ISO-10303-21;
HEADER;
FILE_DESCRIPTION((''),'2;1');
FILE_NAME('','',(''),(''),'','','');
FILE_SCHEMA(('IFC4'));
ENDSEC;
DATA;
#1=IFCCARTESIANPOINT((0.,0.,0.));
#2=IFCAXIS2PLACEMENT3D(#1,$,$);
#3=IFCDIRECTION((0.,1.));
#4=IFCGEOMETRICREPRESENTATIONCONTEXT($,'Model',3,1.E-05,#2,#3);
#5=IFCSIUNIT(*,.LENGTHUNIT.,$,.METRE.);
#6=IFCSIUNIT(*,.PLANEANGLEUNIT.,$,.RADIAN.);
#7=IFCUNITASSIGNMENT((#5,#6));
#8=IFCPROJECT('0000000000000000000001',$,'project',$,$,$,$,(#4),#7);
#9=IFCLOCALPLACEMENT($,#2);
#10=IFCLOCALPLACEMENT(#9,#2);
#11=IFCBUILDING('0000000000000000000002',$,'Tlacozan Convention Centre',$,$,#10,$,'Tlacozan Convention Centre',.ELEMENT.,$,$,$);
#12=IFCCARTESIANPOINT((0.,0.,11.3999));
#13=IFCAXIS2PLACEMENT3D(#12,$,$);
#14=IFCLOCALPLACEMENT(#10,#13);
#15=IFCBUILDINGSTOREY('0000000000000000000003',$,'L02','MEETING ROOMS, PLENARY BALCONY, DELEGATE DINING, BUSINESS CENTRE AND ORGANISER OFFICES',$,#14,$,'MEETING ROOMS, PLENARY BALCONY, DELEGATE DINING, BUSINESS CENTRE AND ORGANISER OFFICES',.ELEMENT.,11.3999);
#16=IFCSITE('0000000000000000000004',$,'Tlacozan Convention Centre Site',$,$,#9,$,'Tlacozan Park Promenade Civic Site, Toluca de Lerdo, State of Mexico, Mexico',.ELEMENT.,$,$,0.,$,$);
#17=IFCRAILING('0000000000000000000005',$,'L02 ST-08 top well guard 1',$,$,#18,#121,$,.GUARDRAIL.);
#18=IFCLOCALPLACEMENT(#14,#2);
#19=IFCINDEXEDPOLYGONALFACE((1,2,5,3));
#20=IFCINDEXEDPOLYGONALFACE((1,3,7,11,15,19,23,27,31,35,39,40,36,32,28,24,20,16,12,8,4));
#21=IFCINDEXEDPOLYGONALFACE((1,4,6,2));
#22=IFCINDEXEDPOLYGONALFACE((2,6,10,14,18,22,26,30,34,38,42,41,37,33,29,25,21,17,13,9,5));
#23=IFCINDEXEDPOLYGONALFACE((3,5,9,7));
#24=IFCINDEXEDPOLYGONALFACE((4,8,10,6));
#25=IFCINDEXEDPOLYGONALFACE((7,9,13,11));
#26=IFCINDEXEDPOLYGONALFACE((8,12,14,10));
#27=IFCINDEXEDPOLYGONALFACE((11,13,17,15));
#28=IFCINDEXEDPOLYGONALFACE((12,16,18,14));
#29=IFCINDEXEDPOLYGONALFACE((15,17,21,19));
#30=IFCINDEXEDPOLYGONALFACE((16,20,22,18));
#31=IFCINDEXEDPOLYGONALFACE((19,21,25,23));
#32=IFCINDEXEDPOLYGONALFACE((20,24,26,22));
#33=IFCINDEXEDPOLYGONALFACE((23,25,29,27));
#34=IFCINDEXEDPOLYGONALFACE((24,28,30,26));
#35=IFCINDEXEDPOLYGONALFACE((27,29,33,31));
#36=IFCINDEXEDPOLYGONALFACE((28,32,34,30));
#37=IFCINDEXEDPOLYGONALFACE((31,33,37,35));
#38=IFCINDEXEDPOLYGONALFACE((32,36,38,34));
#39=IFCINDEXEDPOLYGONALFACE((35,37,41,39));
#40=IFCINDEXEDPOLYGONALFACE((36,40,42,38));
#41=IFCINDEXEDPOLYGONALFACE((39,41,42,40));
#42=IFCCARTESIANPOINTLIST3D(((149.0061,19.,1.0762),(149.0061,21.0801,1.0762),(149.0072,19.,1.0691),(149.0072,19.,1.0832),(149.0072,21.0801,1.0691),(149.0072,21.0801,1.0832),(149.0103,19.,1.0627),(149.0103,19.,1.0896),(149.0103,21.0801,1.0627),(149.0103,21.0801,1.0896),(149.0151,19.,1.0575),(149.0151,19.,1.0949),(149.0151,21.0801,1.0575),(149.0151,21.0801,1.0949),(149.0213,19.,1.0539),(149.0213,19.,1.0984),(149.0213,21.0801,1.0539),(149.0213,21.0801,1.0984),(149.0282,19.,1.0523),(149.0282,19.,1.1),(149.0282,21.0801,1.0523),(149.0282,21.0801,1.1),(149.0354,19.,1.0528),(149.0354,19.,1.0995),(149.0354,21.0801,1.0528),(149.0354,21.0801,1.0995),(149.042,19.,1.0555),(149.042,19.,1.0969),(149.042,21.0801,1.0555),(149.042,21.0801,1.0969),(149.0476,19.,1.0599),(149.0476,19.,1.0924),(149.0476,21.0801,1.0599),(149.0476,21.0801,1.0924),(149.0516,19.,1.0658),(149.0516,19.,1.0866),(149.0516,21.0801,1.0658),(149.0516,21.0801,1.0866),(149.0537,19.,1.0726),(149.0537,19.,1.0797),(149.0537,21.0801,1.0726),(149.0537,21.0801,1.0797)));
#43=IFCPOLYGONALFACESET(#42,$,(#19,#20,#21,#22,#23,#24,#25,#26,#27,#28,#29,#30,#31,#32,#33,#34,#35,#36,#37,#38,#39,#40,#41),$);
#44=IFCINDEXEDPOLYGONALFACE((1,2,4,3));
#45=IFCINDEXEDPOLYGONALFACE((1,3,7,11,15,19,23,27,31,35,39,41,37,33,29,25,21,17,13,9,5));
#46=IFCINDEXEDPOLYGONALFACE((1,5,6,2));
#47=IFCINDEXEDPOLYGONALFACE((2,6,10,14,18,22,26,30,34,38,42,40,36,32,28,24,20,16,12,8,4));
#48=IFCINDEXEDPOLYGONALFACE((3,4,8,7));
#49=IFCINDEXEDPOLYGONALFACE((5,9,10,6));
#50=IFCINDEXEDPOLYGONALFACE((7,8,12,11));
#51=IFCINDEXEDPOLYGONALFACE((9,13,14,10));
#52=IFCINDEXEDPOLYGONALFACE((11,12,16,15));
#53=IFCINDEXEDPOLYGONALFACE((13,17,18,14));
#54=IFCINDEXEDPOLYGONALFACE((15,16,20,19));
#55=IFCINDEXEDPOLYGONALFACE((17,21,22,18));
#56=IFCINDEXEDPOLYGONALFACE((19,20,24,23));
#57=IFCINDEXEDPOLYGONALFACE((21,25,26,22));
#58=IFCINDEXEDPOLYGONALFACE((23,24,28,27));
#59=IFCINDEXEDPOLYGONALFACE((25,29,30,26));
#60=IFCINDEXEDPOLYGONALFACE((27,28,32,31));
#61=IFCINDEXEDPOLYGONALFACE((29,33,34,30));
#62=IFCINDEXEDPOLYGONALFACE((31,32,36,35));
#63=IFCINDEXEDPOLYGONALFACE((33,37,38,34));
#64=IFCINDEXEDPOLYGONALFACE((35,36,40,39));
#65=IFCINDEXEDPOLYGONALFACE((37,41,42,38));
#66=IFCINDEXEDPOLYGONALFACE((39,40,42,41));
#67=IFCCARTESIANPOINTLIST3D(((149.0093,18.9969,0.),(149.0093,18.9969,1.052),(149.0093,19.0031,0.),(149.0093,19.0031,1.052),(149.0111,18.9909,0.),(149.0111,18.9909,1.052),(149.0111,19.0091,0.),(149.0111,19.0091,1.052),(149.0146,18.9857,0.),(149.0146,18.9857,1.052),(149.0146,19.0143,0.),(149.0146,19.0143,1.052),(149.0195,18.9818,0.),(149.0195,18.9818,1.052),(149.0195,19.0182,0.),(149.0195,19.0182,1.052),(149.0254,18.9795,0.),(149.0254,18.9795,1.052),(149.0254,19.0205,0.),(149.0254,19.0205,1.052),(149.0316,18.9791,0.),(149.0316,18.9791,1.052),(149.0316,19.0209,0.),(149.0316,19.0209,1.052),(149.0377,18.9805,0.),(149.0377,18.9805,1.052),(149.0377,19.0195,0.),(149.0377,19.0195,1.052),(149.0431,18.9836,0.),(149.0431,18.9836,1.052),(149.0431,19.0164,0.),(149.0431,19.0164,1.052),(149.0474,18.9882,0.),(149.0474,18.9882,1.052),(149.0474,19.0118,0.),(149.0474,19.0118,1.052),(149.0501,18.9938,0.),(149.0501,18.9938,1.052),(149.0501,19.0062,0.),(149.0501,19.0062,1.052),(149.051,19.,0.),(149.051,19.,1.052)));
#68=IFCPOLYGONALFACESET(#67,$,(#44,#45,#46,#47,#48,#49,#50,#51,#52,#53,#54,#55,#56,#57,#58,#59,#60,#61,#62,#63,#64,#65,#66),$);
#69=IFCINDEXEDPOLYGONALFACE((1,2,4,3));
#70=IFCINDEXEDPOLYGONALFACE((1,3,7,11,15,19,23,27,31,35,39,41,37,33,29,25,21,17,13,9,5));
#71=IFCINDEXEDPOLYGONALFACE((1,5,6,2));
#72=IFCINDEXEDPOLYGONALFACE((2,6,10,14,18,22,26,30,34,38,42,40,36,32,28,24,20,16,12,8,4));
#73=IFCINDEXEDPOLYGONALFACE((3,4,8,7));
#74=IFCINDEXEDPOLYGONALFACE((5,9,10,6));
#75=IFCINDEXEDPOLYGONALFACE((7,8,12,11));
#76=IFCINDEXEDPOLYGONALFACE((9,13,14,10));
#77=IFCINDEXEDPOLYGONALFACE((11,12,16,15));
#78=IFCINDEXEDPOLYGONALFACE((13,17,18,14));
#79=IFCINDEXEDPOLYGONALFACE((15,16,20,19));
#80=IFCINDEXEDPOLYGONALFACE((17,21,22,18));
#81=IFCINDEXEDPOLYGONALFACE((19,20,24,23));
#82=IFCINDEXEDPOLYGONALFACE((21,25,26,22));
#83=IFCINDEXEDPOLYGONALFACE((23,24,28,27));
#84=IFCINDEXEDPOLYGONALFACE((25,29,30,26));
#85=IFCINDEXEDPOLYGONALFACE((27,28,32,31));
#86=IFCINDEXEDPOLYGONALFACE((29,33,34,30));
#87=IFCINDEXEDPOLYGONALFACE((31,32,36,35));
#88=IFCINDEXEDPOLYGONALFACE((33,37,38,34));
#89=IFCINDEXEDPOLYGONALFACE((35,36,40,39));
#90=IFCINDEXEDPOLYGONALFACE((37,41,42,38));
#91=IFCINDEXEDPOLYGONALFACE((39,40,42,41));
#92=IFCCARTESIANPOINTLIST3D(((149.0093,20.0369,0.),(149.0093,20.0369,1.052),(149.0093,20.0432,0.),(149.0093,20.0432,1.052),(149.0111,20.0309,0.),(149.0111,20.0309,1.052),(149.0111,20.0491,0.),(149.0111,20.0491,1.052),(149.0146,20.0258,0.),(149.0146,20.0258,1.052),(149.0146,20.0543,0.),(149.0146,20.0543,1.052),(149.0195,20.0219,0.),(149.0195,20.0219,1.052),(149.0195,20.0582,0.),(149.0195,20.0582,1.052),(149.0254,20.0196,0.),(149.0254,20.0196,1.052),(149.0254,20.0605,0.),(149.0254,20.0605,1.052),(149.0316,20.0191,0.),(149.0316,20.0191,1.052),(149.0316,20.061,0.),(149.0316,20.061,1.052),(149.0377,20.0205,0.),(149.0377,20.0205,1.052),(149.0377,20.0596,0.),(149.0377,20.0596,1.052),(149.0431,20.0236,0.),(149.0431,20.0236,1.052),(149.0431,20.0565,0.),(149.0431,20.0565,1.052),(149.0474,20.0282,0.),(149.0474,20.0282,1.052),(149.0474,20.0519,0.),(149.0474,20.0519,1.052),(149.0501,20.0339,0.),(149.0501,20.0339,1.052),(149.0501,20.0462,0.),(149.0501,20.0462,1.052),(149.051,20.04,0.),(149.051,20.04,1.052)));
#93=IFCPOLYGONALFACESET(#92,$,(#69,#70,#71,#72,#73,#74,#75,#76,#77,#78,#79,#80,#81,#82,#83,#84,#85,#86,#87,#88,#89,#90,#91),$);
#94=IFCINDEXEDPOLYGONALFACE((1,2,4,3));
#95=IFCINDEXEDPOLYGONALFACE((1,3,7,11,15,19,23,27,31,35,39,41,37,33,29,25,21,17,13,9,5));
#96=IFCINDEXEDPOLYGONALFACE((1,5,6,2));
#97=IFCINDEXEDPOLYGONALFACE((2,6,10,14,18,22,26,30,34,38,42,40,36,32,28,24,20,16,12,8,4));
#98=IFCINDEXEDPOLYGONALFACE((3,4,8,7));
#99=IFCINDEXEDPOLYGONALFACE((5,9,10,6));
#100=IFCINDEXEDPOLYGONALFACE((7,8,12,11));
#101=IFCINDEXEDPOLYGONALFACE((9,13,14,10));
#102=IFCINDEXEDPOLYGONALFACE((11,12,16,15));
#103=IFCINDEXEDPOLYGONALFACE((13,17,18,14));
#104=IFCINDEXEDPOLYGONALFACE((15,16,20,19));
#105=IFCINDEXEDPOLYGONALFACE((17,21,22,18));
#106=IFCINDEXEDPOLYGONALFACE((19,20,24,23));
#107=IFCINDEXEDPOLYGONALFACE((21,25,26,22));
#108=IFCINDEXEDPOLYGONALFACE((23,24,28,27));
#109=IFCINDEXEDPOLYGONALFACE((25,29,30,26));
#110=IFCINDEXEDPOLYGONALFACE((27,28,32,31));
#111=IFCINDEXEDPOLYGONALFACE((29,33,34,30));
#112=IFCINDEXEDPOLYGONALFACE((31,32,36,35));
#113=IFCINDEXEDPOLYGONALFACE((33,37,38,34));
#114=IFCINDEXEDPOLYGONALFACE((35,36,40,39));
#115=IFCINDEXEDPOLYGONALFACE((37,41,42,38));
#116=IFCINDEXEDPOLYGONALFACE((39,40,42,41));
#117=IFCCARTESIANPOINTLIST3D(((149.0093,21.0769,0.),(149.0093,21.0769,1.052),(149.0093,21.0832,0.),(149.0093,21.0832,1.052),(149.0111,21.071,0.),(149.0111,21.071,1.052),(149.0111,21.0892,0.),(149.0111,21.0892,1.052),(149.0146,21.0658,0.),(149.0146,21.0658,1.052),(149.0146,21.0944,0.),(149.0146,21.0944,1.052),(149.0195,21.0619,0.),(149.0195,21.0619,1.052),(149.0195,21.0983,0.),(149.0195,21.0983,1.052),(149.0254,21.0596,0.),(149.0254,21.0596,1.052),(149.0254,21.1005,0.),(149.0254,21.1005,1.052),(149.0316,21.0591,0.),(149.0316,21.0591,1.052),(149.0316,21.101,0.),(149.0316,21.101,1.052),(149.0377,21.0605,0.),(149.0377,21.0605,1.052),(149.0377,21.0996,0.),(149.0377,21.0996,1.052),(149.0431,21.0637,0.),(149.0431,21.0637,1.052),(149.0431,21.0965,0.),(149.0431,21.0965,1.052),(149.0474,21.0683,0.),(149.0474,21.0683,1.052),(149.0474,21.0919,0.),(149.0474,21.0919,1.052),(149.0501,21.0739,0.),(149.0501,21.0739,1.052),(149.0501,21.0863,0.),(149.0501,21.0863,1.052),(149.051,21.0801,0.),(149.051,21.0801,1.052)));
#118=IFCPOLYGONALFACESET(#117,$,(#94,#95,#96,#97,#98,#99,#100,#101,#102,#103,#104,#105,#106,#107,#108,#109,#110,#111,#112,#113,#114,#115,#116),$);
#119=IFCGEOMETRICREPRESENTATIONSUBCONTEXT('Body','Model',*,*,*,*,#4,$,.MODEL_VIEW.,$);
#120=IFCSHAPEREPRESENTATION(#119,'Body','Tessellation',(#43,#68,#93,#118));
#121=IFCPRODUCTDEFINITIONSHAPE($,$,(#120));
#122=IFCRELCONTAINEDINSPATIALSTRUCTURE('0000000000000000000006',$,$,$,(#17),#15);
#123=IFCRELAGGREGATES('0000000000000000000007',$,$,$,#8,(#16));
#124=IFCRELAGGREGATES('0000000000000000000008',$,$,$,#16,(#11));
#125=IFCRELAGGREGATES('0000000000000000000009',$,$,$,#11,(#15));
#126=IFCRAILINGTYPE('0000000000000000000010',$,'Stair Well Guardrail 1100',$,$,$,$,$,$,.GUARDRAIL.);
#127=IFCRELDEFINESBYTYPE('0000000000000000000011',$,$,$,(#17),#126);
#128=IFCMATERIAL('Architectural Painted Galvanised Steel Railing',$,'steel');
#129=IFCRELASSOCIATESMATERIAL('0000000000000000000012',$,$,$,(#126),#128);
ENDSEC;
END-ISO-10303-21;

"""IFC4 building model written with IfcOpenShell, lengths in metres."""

from ifc_helpers import new_model, si_unit, direction, frame, origin, origin_2d, place, context, subcontext, project, spatial, circle, extrude, material, type_object, element, save


model = new_model("IFC4")

# Units and contexts
model_context = context("Model", 3, precision=1e-05, world=origin(), true_north=direction((0.0, 1.0)))
body_context = subcontext(model_context, "Body", "Model", "MODEL_VIEW")
ifc_project = project(units=[si_unit("LENGTHUNIT", "METRE"), si_unit("PLANEANGLEUNIT", "RADIAN")], contexts=[model_context])

# Site, building, storey
site_placement = place(None, origin())
site = spatial("IfcSite", under=ifc_project, at=site_placement, Name="Tlacozan Convention Centre Site", LongName="Tlacozan Park Promenade Civic Site, Toluca de Lerdo, State of Mexico, Mexico", CompositionType="ELEMENT", RefElevation=0.0)
building_placement = place(site_placement, origin())
building = spatial("IfcBuilding", under=site, at=building_placement, Name="Tlacozan Convention Centre", LongName="Tlacozan Convention Centre", CompositionType="ELEMENT")
storey_placement = place(building_placement, frame((0.0, 0.0, 11.3999)))
storey = spatial("IfcBuildingStorey", under=building, at=storey_placement, Name="L02", Description="MEETING ROOMS, PLENARY BALCONY, DELEGATE DINING, BUSINESS CENTRE AND ORGANISER OFFICES", LongName="MEETING ROOMS, PLENARY BALCONY, DELEGATE DINING, BUSINESS CENTRE AND ORGANISER OFFICES", CompositionType="ELEMENT", Elevation=11.3999)

# Railing
ifc_material_1 = material(Name="Architectural Painted Galvanised Steel Railing", Category="steel")
railing_type_1 = type_object("IfcRailingType", Name="Stair Well Guardrail 1100", PredefinedType="GUARDRAIL", material=ifc_material_1)
for number, where, name in (
    (1, (149.03, 19.0, 0.0), "L02 ST-08 top well guard 1"),
):
    element("IfcRailing", number, at=place(storey_placement, frame(where)), inside=storey, type_object=railing_type_1, Name=name, PredefinedType="GUARDRAIL", context=body_context, shape_type="SweptSolid", body=[
        extrude(circle(Radius=0.0239, at=origin_2d()), frame((0.0, 0.0, 1.0762), z_axis=(0.0, 1.0, 0.0), x_axis=(-1.0, 0.0, 0.0)), (0.0, 0.0, 1.0), 2.0801),
        extrude(circle(Radius=0.021, at=origin_2d()), origin(), (0.0, 0.0, 1.0), 1.052),
        extrude(circle(Radius=0.021, at=origin_2d()), frame((0.0, 1.04, 0.0)), (0.0, 0.0, 1.0), 1.052),
        extrude(circle(Radius=0.021, at=origin_2d()), frame((0.0, 2.0801, 0.0)), (0.0, 0.0, 1.0), 1.052),
    ])

save(model, "model.ifc")
